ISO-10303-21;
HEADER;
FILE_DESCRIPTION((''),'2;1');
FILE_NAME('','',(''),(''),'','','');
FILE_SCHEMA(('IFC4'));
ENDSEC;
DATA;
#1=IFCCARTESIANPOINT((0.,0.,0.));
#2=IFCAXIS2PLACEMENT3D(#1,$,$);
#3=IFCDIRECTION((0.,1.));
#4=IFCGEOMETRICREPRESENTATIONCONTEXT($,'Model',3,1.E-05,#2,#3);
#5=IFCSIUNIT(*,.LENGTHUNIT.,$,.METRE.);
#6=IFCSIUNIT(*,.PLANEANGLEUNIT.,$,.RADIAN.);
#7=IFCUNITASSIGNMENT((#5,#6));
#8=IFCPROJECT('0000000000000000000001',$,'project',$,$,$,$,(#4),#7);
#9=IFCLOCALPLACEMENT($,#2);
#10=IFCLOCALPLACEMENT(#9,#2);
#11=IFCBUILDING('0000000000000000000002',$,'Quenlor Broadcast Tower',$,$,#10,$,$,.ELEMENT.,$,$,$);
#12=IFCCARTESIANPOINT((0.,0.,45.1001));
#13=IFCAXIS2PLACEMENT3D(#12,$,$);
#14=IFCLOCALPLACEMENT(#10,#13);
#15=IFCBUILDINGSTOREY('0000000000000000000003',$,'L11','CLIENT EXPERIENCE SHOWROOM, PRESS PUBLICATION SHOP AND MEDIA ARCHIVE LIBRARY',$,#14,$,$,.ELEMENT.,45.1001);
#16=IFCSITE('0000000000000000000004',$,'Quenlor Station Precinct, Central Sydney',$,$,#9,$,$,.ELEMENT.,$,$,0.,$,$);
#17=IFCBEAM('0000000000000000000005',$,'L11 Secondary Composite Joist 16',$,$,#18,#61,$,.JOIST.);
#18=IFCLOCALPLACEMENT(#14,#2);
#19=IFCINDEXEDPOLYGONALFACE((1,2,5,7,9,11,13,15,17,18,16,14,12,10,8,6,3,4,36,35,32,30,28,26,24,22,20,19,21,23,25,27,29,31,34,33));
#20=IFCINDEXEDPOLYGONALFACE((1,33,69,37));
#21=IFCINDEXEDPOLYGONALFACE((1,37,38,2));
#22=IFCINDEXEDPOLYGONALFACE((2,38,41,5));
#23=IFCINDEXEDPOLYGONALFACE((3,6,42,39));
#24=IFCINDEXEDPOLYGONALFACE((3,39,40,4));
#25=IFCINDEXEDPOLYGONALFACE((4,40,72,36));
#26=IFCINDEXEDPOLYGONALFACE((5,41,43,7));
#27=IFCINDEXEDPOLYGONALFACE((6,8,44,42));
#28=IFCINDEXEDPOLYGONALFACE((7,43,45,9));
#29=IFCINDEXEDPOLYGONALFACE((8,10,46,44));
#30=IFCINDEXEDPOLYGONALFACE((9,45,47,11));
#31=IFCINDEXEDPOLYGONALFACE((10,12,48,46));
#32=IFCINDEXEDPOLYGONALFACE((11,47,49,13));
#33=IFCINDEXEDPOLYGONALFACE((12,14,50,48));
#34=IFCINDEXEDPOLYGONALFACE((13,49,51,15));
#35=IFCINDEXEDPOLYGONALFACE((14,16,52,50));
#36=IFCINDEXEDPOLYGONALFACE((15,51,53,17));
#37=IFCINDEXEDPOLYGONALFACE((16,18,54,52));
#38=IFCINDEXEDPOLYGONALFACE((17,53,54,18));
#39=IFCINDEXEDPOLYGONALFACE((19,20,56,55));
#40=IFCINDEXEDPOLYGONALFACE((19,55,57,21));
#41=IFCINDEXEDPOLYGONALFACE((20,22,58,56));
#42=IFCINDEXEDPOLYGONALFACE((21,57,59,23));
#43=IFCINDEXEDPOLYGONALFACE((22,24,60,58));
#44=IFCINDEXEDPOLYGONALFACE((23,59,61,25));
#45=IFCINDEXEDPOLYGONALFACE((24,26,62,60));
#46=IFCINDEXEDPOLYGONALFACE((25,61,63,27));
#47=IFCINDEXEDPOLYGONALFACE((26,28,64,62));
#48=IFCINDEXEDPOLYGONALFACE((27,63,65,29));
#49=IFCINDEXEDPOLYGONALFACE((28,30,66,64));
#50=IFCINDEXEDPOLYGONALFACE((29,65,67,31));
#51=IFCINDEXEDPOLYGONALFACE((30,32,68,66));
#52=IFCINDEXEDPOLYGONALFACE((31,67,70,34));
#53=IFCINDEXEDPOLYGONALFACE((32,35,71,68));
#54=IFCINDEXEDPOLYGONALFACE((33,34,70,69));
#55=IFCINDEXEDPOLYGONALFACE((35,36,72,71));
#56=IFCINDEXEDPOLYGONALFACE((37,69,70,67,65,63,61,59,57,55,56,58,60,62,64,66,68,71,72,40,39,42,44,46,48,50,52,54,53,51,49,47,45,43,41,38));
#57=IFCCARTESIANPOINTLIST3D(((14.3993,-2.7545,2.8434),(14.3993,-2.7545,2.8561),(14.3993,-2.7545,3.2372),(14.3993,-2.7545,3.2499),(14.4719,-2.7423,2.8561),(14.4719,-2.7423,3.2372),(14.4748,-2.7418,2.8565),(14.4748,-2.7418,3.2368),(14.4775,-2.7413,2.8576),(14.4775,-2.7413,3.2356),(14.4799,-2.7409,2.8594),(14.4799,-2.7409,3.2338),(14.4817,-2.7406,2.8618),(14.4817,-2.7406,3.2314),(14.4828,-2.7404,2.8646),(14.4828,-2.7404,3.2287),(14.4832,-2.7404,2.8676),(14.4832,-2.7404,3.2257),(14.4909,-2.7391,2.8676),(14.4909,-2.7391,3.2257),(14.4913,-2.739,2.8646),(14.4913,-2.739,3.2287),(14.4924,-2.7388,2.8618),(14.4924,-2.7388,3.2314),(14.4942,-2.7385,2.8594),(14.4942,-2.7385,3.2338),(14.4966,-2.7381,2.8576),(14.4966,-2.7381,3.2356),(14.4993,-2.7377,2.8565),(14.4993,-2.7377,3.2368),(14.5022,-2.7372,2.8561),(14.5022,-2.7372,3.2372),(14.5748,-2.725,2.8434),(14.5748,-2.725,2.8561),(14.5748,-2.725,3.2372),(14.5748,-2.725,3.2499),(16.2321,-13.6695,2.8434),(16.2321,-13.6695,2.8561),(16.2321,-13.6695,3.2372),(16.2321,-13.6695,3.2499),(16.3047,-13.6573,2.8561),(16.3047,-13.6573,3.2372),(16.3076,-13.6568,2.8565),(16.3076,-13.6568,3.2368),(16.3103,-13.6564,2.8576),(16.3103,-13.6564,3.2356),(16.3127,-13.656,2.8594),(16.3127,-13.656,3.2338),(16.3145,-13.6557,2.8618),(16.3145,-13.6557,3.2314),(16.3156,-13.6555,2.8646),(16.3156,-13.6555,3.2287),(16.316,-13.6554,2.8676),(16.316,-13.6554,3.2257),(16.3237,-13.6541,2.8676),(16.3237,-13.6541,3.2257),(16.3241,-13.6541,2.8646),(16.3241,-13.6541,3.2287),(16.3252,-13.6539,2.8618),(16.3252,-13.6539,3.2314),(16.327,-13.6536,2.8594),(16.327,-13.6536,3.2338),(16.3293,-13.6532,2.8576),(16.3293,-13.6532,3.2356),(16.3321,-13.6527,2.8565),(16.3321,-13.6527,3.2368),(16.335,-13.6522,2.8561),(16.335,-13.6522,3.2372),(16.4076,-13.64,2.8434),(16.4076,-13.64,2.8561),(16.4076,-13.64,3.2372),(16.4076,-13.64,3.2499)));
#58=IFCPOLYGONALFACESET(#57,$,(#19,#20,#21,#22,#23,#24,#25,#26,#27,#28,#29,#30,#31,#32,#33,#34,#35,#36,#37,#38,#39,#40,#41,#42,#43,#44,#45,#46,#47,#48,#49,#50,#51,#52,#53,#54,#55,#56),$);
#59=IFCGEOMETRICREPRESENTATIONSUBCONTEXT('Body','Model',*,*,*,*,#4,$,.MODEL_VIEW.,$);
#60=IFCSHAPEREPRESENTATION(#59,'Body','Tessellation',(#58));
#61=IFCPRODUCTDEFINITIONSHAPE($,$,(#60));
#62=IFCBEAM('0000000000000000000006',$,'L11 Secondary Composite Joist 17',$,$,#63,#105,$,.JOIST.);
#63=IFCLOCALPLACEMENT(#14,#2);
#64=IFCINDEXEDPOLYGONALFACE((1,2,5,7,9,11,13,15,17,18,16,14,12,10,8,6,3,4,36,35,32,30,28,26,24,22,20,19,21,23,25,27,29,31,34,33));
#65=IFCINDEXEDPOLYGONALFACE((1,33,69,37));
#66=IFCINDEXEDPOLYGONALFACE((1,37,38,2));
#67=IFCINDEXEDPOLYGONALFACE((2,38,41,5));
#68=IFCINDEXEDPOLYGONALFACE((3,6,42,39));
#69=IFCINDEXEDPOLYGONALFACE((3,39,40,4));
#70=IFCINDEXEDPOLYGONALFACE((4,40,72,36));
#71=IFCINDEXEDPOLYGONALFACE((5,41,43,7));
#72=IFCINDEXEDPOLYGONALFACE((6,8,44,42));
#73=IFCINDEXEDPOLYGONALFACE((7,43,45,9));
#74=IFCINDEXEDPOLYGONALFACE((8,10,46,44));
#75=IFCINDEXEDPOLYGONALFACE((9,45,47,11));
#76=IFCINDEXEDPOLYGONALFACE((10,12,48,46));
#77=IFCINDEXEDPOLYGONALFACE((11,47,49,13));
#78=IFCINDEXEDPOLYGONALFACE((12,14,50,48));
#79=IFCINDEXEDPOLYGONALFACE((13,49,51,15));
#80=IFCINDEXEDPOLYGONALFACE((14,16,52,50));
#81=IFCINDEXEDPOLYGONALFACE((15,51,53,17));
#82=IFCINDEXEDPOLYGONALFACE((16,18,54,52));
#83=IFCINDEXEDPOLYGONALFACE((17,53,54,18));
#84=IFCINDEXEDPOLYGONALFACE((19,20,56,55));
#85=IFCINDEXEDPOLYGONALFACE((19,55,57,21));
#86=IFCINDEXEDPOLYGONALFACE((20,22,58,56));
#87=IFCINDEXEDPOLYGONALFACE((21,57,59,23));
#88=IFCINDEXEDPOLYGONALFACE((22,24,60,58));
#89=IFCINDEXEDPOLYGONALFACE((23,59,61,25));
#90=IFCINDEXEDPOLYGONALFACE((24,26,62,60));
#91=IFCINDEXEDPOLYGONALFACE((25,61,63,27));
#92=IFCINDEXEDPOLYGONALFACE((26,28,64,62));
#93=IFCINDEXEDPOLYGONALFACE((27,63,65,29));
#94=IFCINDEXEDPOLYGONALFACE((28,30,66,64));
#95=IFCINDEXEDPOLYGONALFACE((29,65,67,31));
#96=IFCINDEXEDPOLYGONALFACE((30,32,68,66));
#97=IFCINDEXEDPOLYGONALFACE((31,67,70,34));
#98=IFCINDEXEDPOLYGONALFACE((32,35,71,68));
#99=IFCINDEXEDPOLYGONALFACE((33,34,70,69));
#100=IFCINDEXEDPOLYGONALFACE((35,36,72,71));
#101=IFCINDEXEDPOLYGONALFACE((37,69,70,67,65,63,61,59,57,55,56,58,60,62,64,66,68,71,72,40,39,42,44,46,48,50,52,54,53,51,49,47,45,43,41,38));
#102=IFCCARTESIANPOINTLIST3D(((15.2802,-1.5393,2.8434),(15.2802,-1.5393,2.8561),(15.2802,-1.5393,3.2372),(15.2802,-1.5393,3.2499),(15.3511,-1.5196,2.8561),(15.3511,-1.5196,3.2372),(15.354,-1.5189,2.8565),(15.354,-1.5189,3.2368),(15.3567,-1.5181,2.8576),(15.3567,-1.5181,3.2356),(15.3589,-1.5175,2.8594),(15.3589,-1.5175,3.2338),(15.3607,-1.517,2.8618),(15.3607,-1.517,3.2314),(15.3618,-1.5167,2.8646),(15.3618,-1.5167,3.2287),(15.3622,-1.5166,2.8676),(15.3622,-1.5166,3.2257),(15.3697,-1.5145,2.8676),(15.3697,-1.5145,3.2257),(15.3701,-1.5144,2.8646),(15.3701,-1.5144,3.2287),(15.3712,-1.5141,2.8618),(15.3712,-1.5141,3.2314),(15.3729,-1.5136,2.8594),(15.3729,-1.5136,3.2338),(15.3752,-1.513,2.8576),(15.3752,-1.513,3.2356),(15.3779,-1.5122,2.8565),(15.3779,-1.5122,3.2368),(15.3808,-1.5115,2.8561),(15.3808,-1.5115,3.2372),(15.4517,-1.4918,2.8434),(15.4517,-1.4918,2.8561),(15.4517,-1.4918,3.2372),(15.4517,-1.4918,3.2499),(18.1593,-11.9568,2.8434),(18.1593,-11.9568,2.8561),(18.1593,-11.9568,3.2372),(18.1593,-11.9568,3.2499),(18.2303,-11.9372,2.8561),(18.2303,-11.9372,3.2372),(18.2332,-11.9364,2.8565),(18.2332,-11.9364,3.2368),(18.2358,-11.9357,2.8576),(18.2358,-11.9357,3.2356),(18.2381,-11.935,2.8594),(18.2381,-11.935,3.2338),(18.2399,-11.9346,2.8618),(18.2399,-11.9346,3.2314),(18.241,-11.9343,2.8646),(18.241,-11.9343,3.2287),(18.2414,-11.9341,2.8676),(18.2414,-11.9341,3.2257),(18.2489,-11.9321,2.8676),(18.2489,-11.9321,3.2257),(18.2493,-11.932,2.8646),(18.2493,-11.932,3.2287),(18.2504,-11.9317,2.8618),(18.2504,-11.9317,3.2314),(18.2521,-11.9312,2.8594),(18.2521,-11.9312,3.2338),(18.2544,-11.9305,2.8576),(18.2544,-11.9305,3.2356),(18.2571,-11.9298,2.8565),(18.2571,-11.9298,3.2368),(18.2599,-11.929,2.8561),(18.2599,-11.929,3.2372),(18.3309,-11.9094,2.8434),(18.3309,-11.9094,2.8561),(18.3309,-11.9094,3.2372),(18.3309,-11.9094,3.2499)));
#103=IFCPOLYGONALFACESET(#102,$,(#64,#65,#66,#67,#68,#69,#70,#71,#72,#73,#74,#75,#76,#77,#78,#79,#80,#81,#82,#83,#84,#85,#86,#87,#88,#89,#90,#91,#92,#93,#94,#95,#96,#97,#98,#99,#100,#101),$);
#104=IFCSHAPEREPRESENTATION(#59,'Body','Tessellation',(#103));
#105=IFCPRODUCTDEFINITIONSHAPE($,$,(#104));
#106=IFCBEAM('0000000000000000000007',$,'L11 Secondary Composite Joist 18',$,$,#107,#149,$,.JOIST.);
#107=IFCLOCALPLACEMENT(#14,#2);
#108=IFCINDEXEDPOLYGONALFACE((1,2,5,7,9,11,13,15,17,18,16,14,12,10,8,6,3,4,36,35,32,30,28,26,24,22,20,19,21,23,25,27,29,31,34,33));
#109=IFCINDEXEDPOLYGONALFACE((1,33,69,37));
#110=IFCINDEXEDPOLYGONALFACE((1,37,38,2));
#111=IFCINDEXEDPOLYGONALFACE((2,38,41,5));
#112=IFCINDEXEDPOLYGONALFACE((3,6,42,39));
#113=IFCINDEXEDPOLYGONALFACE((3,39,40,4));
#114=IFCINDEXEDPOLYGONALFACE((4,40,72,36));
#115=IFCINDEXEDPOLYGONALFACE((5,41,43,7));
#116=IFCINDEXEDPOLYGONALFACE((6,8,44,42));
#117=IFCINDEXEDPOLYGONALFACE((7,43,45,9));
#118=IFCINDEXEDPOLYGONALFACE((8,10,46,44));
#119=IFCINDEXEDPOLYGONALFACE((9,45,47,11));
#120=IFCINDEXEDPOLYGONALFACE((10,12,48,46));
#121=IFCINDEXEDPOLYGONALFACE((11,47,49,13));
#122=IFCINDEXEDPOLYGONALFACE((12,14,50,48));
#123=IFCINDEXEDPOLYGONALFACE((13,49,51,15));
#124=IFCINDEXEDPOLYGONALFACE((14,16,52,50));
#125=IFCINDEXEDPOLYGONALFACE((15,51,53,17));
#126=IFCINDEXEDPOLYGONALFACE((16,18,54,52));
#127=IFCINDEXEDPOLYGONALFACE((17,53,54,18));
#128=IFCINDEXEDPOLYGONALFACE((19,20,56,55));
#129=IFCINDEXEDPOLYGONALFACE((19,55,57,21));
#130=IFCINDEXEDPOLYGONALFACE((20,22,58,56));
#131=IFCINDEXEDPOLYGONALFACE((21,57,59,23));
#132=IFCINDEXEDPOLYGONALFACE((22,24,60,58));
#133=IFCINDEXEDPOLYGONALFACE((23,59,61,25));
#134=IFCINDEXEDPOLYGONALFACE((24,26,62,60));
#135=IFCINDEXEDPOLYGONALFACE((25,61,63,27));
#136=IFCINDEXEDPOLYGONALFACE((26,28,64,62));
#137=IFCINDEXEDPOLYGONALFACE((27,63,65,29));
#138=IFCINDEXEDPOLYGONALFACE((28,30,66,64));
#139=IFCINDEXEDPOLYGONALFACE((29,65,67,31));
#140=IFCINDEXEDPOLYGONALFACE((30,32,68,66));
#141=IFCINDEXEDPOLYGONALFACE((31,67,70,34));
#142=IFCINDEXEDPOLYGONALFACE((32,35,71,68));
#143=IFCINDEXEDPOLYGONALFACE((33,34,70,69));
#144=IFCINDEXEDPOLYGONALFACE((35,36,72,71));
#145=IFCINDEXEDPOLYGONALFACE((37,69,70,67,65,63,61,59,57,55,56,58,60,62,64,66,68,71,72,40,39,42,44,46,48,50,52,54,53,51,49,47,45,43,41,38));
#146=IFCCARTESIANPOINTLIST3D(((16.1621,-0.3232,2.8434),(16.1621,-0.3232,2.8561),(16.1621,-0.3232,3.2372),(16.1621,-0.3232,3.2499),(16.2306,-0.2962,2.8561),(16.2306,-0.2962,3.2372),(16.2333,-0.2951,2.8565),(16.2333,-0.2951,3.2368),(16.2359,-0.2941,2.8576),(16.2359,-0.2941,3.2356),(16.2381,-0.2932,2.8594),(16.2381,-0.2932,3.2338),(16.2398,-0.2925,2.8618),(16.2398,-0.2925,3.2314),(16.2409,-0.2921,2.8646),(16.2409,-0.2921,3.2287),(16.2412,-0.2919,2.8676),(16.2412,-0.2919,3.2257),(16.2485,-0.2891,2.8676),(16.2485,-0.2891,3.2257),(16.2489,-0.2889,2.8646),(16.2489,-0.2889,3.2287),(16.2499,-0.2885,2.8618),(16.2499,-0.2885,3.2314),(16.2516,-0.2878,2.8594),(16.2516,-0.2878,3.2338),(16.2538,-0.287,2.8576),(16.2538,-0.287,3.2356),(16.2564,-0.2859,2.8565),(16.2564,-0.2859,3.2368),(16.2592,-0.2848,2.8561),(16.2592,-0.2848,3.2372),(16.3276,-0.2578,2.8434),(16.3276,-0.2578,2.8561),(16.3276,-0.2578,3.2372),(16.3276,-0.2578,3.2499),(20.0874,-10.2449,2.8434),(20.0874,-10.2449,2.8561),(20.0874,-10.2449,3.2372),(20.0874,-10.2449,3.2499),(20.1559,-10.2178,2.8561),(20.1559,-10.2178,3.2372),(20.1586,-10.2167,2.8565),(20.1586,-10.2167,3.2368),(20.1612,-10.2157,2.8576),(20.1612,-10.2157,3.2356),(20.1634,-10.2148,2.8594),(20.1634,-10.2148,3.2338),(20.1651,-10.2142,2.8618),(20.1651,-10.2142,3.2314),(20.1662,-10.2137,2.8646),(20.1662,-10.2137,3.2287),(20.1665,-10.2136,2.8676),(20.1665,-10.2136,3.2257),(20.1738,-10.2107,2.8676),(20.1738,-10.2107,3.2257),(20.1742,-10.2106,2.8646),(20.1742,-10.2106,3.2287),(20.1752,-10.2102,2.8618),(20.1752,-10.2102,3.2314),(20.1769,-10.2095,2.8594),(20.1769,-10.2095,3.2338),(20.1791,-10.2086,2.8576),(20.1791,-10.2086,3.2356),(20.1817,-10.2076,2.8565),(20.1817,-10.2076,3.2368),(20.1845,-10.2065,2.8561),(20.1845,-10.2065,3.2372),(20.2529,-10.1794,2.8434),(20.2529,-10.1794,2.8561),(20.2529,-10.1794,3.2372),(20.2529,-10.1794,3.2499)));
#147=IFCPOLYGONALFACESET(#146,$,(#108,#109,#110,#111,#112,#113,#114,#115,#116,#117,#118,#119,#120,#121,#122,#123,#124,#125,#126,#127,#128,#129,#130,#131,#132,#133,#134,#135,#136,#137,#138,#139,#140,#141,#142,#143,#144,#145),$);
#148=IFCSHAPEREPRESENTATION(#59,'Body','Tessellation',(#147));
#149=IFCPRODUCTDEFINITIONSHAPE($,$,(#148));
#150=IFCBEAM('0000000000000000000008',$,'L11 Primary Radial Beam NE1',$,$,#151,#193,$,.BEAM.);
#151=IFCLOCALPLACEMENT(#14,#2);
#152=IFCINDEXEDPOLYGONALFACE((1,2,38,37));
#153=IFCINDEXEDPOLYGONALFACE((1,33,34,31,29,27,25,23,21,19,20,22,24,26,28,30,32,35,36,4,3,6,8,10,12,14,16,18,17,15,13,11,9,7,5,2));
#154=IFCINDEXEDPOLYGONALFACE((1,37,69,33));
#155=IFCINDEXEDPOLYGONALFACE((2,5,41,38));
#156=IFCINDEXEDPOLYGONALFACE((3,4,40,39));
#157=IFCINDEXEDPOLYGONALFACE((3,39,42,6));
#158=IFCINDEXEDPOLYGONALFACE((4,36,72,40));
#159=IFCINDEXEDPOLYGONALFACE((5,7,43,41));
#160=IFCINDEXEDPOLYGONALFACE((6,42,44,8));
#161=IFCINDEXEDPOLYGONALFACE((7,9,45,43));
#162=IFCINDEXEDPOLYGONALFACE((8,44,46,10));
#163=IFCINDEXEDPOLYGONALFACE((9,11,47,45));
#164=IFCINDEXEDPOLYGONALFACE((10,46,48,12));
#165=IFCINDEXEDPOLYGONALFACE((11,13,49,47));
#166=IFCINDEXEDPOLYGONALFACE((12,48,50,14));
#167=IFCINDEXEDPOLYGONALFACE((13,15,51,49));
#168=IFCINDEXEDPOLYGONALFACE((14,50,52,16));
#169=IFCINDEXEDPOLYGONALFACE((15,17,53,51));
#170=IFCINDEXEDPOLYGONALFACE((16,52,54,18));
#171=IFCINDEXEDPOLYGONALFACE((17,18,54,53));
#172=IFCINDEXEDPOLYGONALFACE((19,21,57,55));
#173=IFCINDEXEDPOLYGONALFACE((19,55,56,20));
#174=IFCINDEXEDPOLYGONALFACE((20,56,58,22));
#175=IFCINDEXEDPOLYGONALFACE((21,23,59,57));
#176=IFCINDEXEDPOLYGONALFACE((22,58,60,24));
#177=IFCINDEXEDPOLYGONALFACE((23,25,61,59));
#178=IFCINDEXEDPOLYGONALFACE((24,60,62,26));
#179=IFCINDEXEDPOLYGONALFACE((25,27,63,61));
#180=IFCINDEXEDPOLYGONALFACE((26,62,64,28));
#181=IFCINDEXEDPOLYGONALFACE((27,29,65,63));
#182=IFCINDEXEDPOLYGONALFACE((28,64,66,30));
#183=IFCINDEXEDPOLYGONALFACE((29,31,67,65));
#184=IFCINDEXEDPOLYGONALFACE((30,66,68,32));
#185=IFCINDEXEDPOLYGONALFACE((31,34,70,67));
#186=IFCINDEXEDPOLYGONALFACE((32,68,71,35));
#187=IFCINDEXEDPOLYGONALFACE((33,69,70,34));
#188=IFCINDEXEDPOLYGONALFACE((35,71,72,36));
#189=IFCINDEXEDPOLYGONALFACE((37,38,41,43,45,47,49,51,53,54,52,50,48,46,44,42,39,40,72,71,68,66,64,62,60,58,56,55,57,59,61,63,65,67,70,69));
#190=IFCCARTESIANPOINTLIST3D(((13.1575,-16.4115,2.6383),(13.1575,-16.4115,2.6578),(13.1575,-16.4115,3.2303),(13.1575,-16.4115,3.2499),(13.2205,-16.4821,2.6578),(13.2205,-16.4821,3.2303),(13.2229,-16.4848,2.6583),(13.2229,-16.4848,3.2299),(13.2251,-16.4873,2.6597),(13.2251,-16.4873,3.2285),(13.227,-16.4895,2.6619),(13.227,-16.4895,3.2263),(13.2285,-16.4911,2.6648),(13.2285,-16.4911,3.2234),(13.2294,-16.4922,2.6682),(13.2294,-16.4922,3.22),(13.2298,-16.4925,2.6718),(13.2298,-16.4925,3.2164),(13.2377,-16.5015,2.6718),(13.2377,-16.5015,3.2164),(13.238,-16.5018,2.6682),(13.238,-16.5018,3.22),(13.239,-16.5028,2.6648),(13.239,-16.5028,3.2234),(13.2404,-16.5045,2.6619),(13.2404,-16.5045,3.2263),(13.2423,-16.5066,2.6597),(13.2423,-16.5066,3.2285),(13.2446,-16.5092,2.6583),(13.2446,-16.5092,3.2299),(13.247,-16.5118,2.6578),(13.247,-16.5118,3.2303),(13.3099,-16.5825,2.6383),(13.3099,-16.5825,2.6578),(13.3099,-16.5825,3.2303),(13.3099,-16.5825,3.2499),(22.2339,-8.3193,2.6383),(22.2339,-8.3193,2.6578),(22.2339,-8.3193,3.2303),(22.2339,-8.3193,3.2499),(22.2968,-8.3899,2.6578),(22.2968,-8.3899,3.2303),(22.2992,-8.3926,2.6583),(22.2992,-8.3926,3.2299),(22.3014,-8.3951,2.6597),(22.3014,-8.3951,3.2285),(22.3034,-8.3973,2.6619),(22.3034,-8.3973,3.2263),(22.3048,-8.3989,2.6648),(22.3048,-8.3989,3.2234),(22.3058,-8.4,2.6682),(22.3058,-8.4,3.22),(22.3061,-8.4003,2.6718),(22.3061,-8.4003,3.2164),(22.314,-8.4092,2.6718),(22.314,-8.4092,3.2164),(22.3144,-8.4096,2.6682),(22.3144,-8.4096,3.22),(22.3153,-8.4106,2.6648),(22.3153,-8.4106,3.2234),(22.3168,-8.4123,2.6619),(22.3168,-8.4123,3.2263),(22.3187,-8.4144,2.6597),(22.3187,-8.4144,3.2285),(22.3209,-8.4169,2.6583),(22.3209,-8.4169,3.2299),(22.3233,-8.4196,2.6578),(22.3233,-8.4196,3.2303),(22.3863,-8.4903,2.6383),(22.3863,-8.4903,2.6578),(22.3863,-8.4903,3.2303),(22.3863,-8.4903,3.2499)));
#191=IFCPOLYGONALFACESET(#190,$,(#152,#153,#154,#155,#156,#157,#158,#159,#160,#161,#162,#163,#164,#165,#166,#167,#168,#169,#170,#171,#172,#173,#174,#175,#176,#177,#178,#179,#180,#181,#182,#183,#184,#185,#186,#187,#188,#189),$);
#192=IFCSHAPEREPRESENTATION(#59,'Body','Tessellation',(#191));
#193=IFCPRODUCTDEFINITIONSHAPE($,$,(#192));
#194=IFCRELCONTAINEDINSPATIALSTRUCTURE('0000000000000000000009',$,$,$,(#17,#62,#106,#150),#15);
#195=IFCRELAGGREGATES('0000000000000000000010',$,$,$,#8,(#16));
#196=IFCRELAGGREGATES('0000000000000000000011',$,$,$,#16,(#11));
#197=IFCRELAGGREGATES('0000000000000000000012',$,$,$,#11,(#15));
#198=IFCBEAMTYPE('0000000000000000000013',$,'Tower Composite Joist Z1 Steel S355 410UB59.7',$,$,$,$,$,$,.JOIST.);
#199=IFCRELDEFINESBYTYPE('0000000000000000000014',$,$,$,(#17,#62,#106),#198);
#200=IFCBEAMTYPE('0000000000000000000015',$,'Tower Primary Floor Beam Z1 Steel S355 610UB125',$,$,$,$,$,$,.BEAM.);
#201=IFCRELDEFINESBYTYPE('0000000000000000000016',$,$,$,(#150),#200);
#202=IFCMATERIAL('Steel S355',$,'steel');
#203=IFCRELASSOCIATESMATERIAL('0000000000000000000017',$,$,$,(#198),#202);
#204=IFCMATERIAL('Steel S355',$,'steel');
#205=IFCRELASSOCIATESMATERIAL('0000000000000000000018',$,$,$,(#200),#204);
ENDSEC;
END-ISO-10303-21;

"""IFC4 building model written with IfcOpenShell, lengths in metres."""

from ifc_helpers import new_model, si_unit, direction, frame, origin, origin_2d, place, context, subcontext, project, spatial, i_section, extrude, material, material_profile, profile_set, type_object, element, save


model = new_model("IFC4")

# Units and contexts
model_context = context("Model", 3, precision=1e-05, world=origin(), true_north=direction((0.0, 1.0)))
body_context = subcontext(model_context, "Body", "Model", "MODEL_VIEW")
ifc_project = project(units=[si_unit("LENGTHUNIT", "METRE"), si_unit("PLANEANGLEUNIT", "RADIAN")], contexts=[model_context])

# Site, building, storey
site_placement = place(None, origin())
site = spatial("IfcSite", under=ifc_project, at=site_placement, Name="Quenlor Station Precinct, Central Sydney", CompositionType="ELEMENT", RefElevation=0.0)
building_placement = place(site_placement, origin())
building = spatial("IfcBuilding", under=site, at=building_placement, Name="Quenlor Broadcast Tower", CompositionType="ELEMENT")
storey_placement = place(building_placement, frame((0.0, 0.0, 45.1001)))
storey = spatial("IfcBuildingStorey", under=building, at=storey_placement, Name="L11", Description="CLIENT EXPERIENCE SHOWROOM, PRESS PUBLICATION SHOP AND MEDIA ARCHIVE LIBRARY", CompositionType="ELEMENT", Elevation=45.1001)

# Beams
ifc_material_1 = material(Name="Steel S355", Category="steel")
ifc_material_profile_1 = material_profile(ifc_material_1, i_section(OverallWidth=0.178, OverallDepth=0.4065, WebThickness=0.0078, FlangeThickness=0.0127, FilletRadius=0.0115, at=origin_2d()))
ifc_profile_set_1 = profile_set([ifc_material_profile_1], Name="Steel S355 410UB59.7")
beam_type_1 = type_object("IfcBeamType", Name="Tower Composite Joist Z1 Steel S355 410UB59.7", PredefinedType="JOIST", material=ifc_profile_set_1)
beam_1_placement = place(storey_placement, frame((16.3198, -13.6548, 3.0466), z_axis=(-0.165594, 0.986194, 0.0), x_axis=(-0.986194, -0.165594, 0.0)))
element("IfcBeam", 1, at=beam_1_placement, inside=storey, type_object=beam_type_1, Name="L11 Secondary Composite Joist 16", PredefinedType="JOIST", context=body_context, shape_type="SweptSolid", body=[
    extrude(i_section(OverallWidth=0.178, OverallDepth=0.4065, WebThickness=0.0078, FlangeThickness=0.0127, FilletRadius=0.0115, at=origin_2d()), origin(), (0.0, 0.0, 1.0), 11.0679),
])
beam_2_placement = place(storey_placement, frame((18.2451, -11.9331, 3.0466), z_axis=(-0.26639, 0.963865, 0.0), x_axis=(-0.963865, -0.26639, 0.0)))
element("IfcBeam", 2, at=beam_2_placement, inside=storey, type_object=beam_type_1, Name="L11 Secondary Composite Joist 17", PredefinedType="JOIST", context=body_context, shape_type="SweptSolid", body=[
    extrude(i_section(OverallWidth=0.178, OverallDepth=0.4065, WebThickness=0.0078, FlangeThickness=0.0127, FilletRadius=0.0115, at=origin_2d()), origin(), (0.0, 0.0, 1.0), 10.8081),
])
beam_3_placement = place(storey_placement, frame((20.1702, -10.2122, 3.0466), z_axis=(-0.367885, 0.929871, 0.0), x_axis=(-0.929871, -0.367885, 0.0)))
element("IfcBeam", 3, at=beam_3_placement, inside=storey, type_object=beam_type_1, Name="L11 Secondary Composite Joist 18", PredefinedType="JOIST", context=body_context, shape_type="SweptSolid", body=[
    extrude(i_section(OverallWidth=0.178, OverallDepth=0.4065, WebThickness=0.0078, FlangeThickness=0.0127, FilletRadius=0.0115, at=origin_2d()), origin(), (0.0, 0.0, 1.0), 10.6699),
])
ifc_material_2 = material(Name="Steel S355", Category="steel")
ifc_material_profile_2 = material_profile(ifc_material_2, i_section(OverallWidth=0.229, OverallDepth=0.6116, WebThickness=0.012, FlangeThickness=0.0195, FilletRadius=0.0139, at=origin_2d()))
ifc_profile_set_2 = profile_set([ifc_material_profile_2], Name="Steel S355 610UB125")
beam_type_2 = type_object("IfcBeamType", Name="Tower Primary Floor Beam Z1 Steel S355 610UB125", PredefinedType="BEAM", material=ifc_profile_set_2)
beam_4_placement = place(storey_placement, frame((22.3101, -8.4048, 2.9441), z_axis=(-0.746414, -0.665482, 0.0), x_axis=(0.665482, -0.746414, 0.0)))
element("IfcBeam", 4, at=beam_4_placement, inside=storey, type_object=beam_type_2, Name="L11 Primary Radial Beam NE1", PredefinedType="BEAM", context=body_context, shape_type="SweptSolid", body=[
    extrude(i_section(OverallWidth=0.229, OverallDepth=0.6116, WebThickness=0.012, FlangeThickness=0.0195, FilletRadius=0.0139, at=origin_2d()), origin(), (0.0, 0.0, 1.0), 12.1599),
])

save(model, "model.ifc")
